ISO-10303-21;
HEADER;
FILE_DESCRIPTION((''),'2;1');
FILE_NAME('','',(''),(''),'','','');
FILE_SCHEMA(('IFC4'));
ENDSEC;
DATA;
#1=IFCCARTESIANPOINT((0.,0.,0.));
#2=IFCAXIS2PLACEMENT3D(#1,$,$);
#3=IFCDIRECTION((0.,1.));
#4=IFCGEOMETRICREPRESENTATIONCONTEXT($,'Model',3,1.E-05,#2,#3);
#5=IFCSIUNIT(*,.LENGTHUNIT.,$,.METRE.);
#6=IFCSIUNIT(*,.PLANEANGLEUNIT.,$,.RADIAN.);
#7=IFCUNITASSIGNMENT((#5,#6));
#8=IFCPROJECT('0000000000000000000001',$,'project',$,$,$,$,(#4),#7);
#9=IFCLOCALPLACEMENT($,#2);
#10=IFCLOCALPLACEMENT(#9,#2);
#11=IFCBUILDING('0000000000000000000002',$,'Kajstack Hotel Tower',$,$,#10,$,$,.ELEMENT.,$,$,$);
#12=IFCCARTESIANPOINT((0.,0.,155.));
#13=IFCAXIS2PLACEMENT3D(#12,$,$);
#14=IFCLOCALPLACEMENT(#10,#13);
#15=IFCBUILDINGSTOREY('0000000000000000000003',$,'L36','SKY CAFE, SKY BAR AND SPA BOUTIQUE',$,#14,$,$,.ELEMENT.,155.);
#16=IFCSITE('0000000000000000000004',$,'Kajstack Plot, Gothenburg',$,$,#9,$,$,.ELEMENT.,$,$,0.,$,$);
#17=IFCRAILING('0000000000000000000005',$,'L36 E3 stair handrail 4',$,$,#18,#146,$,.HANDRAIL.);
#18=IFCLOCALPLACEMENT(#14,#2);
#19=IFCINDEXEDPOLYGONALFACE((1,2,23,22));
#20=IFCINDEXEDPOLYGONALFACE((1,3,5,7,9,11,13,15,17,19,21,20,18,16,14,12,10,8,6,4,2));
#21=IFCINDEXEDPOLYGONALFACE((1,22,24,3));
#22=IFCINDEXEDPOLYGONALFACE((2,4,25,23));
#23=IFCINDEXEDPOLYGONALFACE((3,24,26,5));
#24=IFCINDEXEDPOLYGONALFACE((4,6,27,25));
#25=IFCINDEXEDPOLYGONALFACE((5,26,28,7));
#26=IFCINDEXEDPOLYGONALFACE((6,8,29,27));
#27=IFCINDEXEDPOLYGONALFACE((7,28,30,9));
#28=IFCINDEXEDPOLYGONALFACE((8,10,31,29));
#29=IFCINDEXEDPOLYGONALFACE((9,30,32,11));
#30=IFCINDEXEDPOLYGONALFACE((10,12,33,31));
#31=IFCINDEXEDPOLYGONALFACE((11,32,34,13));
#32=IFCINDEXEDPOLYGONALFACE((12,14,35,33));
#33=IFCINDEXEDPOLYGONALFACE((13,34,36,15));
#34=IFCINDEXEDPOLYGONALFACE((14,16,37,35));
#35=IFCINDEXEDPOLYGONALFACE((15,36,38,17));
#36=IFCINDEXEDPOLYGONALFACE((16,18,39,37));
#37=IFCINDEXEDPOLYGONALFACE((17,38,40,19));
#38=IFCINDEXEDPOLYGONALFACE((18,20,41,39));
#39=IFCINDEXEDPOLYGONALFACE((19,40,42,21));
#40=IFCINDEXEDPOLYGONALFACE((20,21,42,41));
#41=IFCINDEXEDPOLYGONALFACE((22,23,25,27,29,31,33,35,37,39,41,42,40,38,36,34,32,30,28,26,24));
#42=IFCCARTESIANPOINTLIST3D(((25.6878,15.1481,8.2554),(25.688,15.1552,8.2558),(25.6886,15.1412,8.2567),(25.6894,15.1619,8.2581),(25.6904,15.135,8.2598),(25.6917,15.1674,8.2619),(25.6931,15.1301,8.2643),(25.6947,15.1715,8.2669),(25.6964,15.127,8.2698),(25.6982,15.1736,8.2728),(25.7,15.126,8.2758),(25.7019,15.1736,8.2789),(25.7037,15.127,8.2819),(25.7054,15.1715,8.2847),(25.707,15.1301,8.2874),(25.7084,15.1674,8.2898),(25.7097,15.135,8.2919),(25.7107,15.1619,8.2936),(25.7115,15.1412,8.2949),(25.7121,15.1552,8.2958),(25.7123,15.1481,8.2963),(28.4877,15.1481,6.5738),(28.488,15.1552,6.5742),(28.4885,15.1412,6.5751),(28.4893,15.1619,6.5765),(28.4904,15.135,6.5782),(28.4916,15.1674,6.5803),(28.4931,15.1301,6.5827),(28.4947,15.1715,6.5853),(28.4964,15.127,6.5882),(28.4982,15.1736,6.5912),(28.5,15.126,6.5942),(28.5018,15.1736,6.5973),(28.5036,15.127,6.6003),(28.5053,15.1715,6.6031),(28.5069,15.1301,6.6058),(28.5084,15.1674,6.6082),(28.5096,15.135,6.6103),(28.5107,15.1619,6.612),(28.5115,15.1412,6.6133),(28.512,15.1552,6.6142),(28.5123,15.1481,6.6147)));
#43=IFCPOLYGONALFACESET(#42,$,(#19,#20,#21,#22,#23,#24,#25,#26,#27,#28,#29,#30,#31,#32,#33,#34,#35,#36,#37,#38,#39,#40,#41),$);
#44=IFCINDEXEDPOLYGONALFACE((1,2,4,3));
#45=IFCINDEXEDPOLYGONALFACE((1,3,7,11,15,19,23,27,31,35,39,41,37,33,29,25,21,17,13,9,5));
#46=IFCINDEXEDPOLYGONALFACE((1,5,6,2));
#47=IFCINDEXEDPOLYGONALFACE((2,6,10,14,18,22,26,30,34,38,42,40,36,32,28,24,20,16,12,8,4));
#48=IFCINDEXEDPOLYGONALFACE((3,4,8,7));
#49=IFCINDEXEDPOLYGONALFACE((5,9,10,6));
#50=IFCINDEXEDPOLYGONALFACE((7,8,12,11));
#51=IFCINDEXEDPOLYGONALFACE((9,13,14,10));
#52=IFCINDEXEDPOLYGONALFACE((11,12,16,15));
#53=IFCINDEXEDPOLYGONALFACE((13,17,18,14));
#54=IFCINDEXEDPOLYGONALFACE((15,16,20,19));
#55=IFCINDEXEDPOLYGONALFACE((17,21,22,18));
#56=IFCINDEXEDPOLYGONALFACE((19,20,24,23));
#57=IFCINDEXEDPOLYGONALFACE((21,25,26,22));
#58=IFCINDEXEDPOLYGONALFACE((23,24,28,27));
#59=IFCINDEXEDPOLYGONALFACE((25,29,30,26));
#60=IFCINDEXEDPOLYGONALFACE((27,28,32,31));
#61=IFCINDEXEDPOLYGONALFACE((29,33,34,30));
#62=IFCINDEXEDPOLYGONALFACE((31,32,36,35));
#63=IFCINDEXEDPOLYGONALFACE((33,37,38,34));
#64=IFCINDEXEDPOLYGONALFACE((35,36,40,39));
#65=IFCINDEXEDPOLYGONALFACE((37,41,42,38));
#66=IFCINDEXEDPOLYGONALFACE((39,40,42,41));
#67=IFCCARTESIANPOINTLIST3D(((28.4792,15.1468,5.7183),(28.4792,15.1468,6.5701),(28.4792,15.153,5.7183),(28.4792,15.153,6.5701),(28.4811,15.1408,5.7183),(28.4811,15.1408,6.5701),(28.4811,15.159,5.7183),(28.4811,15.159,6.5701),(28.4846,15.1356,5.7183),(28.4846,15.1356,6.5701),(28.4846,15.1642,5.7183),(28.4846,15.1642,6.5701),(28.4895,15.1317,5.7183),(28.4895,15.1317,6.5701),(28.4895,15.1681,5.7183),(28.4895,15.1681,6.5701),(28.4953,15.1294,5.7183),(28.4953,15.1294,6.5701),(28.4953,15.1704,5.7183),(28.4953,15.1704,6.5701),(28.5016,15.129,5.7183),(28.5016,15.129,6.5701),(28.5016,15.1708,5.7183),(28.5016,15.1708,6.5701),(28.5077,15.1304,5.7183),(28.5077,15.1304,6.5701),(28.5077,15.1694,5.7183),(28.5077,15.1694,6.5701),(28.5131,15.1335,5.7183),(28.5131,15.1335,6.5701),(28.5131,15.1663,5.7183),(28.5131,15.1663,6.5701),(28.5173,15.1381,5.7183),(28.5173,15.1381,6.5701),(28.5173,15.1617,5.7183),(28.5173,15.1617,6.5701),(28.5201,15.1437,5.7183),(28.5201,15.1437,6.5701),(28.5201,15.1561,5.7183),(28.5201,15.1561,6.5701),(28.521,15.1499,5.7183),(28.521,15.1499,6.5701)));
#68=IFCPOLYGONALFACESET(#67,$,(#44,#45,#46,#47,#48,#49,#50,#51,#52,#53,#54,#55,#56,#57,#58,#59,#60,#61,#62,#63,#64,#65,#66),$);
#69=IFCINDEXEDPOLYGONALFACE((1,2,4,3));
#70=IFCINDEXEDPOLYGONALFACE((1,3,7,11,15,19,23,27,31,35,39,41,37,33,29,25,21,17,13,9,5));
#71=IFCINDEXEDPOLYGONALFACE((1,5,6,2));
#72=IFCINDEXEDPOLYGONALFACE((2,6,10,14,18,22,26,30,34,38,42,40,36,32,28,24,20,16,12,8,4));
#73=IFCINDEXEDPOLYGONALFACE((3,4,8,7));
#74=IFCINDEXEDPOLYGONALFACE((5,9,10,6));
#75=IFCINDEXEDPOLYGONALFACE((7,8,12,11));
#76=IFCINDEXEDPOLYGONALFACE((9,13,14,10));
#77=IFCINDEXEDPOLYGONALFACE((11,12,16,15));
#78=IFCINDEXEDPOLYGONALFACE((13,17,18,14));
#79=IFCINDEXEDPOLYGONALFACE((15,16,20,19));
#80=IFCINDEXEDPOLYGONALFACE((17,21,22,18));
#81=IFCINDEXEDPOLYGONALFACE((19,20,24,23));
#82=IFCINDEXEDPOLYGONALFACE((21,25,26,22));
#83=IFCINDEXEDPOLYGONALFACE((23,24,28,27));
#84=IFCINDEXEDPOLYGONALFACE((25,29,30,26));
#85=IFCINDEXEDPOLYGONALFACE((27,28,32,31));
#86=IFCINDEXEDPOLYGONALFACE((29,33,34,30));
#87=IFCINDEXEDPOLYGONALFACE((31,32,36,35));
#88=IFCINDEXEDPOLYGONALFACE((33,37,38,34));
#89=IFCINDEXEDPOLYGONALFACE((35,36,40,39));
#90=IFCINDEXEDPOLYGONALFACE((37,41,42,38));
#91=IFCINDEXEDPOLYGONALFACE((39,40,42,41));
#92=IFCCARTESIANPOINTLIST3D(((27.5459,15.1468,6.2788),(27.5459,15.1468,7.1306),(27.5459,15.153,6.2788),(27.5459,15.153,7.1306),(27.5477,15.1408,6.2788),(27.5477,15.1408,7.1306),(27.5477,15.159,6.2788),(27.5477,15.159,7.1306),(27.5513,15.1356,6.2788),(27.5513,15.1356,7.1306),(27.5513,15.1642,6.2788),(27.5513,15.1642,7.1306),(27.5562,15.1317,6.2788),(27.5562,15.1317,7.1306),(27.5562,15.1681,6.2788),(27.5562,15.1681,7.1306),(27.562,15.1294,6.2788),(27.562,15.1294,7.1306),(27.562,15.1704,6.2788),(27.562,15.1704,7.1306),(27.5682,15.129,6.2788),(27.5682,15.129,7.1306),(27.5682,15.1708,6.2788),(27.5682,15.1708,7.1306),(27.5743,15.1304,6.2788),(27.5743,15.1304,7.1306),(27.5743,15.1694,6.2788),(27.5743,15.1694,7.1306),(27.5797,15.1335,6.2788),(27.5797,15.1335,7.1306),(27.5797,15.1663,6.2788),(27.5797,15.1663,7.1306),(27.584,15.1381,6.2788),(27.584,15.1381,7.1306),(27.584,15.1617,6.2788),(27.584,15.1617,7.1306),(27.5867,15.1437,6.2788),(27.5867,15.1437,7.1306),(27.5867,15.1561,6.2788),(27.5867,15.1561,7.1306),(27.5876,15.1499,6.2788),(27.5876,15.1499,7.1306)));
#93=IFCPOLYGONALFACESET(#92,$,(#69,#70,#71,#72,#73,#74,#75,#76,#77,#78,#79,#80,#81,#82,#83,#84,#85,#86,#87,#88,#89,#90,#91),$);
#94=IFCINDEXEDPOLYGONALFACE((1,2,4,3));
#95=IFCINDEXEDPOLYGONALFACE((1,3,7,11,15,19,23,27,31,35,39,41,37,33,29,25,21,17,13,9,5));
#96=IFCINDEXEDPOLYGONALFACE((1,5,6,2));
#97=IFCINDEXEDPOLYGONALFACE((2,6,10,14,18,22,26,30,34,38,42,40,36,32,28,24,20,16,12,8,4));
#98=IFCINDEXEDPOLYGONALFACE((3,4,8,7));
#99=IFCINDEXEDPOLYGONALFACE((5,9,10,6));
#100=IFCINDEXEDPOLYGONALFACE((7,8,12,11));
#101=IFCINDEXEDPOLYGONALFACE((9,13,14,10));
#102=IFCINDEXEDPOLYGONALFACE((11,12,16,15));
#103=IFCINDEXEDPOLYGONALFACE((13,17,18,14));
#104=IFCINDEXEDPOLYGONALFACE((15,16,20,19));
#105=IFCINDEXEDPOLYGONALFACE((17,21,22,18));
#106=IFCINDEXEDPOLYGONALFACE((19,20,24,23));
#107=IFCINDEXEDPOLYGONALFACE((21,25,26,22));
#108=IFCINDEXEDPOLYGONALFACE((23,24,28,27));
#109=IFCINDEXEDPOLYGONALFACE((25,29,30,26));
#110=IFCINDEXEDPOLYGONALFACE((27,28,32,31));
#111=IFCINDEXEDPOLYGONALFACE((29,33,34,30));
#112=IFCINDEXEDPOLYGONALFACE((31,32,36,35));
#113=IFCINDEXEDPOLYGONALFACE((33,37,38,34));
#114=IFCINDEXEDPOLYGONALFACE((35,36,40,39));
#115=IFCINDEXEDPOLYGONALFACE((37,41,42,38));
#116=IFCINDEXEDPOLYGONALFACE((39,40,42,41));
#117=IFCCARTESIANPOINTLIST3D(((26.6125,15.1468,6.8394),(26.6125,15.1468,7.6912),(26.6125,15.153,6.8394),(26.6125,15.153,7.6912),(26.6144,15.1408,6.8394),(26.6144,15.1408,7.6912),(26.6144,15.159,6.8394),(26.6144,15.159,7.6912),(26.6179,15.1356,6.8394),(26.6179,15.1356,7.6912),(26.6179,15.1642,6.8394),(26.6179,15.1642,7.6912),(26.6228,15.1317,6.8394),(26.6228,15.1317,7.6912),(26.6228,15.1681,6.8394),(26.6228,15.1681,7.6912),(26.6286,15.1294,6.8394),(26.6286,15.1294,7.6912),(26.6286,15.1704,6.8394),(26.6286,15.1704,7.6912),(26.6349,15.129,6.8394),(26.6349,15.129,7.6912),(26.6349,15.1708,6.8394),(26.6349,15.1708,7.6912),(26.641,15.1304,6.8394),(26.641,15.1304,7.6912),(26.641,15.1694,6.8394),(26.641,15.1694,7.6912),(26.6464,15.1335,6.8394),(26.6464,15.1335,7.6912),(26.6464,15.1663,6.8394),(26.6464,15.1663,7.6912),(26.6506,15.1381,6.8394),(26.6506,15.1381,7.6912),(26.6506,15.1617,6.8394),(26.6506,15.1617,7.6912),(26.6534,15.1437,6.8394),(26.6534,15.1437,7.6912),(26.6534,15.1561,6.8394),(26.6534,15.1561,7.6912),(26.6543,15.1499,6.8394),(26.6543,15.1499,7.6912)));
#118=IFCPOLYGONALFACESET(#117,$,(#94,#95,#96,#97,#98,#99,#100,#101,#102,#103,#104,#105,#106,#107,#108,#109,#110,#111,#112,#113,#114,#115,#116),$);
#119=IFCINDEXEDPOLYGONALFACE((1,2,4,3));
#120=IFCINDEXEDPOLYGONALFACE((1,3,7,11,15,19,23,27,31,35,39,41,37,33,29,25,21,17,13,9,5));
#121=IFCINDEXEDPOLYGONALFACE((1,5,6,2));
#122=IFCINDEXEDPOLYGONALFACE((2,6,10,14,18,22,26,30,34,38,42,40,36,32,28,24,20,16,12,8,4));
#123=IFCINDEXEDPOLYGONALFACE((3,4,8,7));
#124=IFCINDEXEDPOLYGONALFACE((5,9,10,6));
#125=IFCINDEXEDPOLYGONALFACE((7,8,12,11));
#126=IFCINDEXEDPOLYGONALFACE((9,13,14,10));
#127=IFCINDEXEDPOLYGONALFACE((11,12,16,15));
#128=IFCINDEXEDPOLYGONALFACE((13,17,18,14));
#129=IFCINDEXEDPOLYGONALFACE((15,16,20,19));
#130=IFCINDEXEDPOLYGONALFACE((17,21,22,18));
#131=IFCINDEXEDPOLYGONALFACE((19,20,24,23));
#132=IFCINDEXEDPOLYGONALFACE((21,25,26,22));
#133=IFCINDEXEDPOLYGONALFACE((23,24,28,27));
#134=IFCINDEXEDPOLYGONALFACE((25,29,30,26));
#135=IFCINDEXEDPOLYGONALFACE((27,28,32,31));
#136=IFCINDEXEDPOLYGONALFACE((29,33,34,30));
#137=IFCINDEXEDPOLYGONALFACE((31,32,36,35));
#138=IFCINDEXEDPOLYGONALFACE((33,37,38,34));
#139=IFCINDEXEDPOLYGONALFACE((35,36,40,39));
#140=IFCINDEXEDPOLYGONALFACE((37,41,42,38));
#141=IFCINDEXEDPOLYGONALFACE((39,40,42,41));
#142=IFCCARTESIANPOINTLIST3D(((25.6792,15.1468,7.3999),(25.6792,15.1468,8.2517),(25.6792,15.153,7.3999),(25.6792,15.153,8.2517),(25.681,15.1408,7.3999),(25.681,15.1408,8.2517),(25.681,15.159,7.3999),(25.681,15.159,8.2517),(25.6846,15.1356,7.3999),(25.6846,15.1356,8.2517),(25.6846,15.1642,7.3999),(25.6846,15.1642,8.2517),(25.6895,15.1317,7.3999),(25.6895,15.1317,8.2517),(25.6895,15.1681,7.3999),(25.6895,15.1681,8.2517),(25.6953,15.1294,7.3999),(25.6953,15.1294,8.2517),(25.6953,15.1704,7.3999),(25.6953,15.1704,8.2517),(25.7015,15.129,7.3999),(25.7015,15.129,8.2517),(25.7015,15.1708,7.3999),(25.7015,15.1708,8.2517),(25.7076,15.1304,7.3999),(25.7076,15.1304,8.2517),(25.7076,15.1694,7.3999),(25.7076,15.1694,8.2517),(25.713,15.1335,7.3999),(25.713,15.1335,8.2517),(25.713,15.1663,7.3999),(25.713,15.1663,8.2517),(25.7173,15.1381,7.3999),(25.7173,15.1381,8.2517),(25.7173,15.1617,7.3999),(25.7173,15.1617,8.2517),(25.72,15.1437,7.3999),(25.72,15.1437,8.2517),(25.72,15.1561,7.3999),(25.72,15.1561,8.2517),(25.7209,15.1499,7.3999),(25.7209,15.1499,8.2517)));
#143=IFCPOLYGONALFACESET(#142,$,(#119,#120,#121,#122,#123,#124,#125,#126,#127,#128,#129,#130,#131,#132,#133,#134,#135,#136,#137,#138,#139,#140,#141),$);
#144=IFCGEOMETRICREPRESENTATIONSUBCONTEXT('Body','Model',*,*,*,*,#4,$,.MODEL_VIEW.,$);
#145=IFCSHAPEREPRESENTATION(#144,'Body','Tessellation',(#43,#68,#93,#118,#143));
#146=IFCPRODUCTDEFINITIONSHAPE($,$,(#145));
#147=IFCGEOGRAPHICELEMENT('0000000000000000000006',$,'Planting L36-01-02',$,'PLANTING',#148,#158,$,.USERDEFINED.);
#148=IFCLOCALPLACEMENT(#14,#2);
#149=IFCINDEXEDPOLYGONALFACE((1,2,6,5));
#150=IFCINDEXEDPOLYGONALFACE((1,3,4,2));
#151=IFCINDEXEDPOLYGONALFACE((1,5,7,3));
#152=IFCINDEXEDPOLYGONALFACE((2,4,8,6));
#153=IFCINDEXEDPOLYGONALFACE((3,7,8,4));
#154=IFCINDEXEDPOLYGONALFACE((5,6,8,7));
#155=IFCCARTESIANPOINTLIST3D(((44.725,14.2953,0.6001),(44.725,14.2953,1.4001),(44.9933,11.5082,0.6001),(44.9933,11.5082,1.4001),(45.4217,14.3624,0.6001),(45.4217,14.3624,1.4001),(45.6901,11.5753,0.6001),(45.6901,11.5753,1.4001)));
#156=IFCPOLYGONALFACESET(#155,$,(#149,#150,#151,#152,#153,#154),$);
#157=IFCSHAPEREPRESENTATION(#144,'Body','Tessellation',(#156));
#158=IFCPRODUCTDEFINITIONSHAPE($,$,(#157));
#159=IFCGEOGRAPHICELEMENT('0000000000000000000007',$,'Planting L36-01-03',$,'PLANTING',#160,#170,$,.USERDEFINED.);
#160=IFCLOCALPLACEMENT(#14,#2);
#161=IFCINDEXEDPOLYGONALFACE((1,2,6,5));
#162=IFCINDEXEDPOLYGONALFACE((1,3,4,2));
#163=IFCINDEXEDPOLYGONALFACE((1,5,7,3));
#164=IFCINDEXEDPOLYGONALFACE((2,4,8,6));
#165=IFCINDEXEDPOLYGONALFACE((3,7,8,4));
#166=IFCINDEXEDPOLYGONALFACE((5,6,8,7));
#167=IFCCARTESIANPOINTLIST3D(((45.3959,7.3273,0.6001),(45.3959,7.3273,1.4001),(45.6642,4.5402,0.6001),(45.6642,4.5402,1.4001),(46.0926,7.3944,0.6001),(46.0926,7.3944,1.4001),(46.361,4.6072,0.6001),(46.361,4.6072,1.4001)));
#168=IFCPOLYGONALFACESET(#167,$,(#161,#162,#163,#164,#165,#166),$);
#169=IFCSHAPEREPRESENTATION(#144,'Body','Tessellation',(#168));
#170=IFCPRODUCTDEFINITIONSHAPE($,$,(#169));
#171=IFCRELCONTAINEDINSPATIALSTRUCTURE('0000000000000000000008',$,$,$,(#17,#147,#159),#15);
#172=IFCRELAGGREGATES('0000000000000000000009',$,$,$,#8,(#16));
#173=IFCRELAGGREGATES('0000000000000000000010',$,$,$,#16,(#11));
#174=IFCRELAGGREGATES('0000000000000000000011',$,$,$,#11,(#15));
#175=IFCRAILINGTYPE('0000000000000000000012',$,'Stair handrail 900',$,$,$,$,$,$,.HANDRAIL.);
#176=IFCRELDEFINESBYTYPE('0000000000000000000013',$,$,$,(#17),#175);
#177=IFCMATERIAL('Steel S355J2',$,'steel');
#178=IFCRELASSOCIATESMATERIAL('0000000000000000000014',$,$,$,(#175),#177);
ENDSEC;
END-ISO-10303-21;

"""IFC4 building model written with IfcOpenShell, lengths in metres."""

from ifc_helpers import new_model, si_unit, direction, frame, origin, origin_2d, place, context, subcontext, project, spatial, rectangle, circle, extrude, material, type_object, element, save


model = new_model("IFC4")

# Units and contexts
model_context = context("Model", 3, precision=1e-05, world=origin(), true_north=direction((0.0, 1.0)))
body_context = subcontext(model_context, "Body", "Model", "MODEL_VIEW")
ifc_project = project(units=[si_unit("LENGTHUNIT", "METRE"), si_unit("PLANEANGLEUNIT", "RADIAN")], contexts=[model_context])

# Site, building, storey
site_placement = place(None, origin())
site = spatial("IfcSite", under=ifc_project, at=site_placement, Name="Kajstack Plot, Gothenburg", CompositionType="ELEMENT", RefElevation=0.0)
building_placement = place(site_placement, origin())
building = spatial("IfcBuilding", under=site, at=building_placement, Name="Kajstack Hotel Tower", CompositionType="ELEMENT")
storey_placement = place(building_placement, frame((0.0, 0.0, 155.0)))
storey = spatial("IfcBuildingStorey", under=building, at=storey_placement, Name="L36", Description="SKY CAFE, SKY BAR AND SPA BOUTIQUE", CompositionType="ELEMENT", Elevation=155.0)

# Railing
ifc_material_1 = material(Name="Steel S355J2", Category="steel")
railing_type_1 = type_object("IfcRailingType", Name="Stair handrail 900", PredefinedType="HANDRAIL", material=ifc_material_1)
railing_1_placement = place(storey_placement, frame((28.5, 15.1499, 5.7183)))
element("IfcRailing", 1, at=railing_1_placement, inside=storey, type_object=railing_type_1, Name="L36 E3 stair handrail 4", PredefinedType="HANDRAIL", context=body_context, shape_type="SweptSolid", body=[
    extrude(circle(Radius=0.0239, at=origin_2d()), frame((0.0, 0.0, 0.876), z_axis=(-0.857275, 0.0, 0.514858), x_axis=(0.0, -1.0, 0.0)), (0.0, 0.0, 1.0), 3.2661),
    extrude(circle(Radius=0.021, at=origin_2d()), origin(), (0.0, 0.0, 1.0), 0.8518),
    extrude(circle(Radius=0.021, at=origin_2d()), frame((-0.9333, 0.0, 0.5605)), (0.0, 0.0, 1.0), 0.8518),
    extrude(circle(Radius=0.021, at=origin_2d()), frame((-1.8667, 0.0, 1.1211)), (0.0, 0.0, 1.0), 0.8518),
    extrude(circle(Radius=0.021, at=origin_2d()), frame((-2.8, 0.0, 1.6816)), (0.0, 0.0, 1.0), 0.8518),
])

# Geographic elements
for number, where, z_axis, x_axis, name in (
    (2, (45.2075, 12.9353, 0.6001), (0.0, 0.0, 1.0), (0.095846, -0.995396, 0.0), "Planting L36-01-02"),
    (3, (45.8784, 5.9673, 0.6001), (0.0, 0.0, 1.0), (0.095846, -0.995396, 0.0), "Planting L36-01-03"),
):
    element("IfcGeographicElement", number, at=place(storey_placement, frame(where, z_axis=z_axis, x_axis=x_axis)), inside=storey, Name=name, ObjectType="PLANTING", PredefinedType="USERDEFINED", context=body_context, shape_type="SweptSolid", body=[
        extrude(rectangle(XDim=2.8, YDim=0.7, at=origin_2d()), origin(), (0.0, 0.0, 1.0), 0.8),
    ])

save(model, "model.ifc")
